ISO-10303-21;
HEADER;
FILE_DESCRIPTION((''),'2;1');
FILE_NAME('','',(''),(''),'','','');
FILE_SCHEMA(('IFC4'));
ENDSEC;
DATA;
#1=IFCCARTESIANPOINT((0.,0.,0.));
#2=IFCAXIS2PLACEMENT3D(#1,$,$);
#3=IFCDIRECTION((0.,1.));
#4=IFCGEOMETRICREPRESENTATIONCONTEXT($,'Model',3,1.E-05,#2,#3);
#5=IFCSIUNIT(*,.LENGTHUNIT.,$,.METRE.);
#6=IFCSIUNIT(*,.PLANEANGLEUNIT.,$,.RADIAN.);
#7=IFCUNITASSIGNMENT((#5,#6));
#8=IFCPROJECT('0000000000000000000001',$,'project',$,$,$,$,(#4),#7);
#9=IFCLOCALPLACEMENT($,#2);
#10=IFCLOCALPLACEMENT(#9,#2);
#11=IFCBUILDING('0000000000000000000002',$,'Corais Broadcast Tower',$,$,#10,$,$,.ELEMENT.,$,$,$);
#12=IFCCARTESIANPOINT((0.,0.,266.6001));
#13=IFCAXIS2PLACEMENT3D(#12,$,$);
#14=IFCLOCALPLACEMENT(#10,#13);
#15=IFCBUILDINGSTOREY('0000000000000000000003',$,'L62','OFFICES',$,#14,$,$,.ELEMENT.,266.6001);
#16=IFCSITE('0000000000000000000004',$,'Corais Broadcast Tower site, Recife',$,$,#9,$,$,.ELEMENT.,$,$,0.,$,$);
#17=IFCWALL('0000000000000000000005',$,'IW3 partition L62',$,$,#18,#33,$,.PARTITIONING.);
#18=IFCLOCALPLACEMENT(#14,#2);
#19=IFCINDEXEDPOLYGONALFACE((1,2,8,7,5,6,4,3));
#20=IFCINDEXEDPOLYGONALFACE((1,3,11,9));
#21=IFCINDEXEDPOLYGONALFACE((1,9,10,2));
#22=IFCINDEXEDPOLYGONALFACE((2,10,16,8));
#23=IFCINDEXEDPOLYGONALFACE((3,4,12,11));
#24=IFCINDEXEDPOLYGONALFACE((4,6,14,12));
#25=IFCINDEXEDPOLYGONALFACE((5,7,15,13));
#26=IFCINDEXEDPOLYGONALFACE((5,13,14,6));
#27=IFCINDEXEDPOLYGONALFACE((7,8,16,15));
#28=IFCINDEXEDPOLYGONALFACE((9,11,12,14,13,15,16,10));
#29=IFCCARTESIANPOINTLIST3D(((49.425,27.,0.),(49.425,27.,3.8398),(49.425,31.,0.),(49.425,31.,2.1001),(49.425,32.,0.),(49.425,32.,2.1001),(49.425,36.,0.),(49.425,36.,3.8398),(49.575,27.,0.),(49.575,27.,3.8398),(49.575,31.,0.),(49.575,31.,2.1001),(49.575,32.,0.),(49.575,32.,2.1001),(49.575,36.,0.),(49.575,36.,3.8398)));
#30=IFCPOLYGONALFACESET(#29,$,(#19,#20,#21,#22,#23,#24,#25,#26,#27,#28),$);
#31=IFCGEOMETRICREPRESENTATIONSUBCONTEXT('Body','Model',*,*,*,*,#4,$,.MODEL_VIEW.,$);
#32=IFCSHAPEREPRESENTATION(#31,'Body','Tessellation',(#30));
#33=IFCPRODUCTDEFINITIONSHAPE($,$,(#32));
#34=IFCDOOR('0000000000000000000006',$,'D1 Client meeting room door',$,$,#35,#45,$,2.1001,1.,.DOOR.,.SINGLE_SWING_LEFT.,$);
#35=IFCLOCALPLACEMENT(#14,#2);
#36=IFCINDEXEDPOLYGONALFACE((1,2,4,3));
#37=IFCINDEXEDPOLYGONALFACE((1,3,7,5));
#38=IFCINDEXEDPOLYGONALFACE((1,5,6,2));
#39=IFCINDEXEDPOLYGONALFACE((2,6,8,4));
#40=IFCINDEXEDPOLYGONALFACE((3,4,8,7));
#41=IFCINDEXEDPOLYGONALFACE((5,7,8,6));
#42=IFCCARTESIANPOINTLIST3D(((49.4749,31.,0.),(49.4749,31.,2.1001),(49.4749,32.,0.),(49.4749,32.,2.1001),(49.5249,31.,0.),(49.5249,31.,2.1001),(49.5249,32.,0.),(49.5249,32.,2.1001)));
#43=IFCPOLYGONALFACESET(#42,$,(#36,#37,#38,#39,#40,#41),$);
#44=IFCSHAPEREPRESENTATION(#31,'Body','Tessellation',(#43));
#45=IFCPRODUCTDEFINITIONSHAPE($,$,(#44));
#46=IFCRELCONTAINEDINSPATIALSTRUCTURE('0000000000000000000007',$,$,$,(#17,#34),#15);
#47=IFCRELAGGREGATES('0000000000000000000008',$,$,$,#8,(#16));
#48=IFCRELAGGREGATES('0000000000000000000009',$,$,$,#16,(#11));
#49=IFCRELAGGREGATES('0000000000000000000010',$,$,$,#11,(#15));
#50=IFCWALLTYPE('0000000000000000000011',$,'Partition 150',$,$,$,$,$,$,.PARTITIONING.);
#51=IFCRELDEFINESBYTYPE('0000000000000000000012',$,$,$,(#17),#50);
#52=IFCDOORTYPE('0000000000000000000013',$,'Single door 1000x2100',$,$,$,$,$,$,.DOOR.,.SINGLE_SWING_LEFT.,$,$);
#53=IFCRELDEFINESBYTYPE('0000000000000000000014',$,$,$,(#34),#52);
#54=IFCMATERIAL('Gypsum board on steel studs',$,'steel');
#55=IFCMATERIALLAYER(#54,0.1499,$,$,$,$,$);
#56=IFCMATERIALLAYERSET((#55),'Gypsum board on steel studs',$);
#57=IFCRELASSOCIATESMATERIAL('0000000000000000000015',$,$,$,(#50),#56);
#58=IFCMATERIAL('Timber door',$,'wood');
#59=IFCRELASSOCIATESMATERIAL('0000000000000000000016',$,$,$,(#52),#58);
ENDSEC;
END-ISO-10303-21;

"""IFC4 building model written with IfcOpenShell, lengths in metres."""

from ifc_helpers import new_model, si_unit, direction, frame, frame_2d, origin, place, context, subcontext, project, spatial, rectangle, extrude, material, layer, layer_set, type_object, element, fill, save


model = new_model("IFC4")

# Units and contexts
model_context = context("Model", 3, precision=1e-05, world=origin(), true_north=direction((0.0, 1.0)))
body_context = subcontext(model_context, "Body", "Model", "MODEL_VIEW")
ifc_project = project(units=[si_unit("LENGTHUNIT", "METRE"), si_unit("PLANEANGLEUNIT", "RADIAN")], contexts=[model_context])

# Site, building, storey
site_placement = place(None, origin())
site = spatial("IfcSite", under=ifc_project, at=site_placement, Name="Corais Broadcast Tower site, Recife", CompositionType="ELEMENT", RefElevation=0.0)
building_placement = place(site_placement, origin())
building = spatial("IfcBuilding", under=site, at=building_placement, Name="Corais Broadcast Tower", CompositionType="ELEMENT")
storey_placement = place(building_placement, frame((0.0, 0.0, 266.6001)))
storey = spatial("IfcBuildingStorey", under=building, at=storey_placement, Name="L62", Description="OFFICES", CompositionType="ELEMENT", Elevation=266.6001)

# Shared definitions
ifc_material_1 = material(Name="Gypsum board on steel studs", Category="steel")
ifc_layer_1 = layer(ifc_material_1, 0.1499)
ifc_layer_set_1 = layer_set([ifc_layer_1], Name="Gypsum board on steel studs")
wall_type = type_object("IfcWallType", Name="Partition 150", PredefinedType="PARTITIONING", material=ifc_layer_set_1)

# Wall, opening, door
wall_1_placement = place(storey_placement, frame((49.5, 36.0, 0.0), z_axis=(0.0, 0.0, 1.0), x_axis=(0.0, -1.0, 0.0)))
wall_1 = element("IfcWall", 1, at=wall_1_placement, inside=storey, type_object=wall_type, Name="IW3 partition L62", PredefinedType="PARTITIONING", context=body_context, shape_type="SweptSolid", body=[
    extrude(rectangle(XDim=9.0, YDim=0.1499, at=frame_2d((4.5, 0.0))), origin(), (0.0, 0.0, 1.0), 3.8398),
])
opening_placement = place(wall_1_placement, frame((4.0, 0.0, 0.0)))
opening = element("IfcOpeningElement", 2, at=opening_placement, cuts=wall_1, PredefinedType="OPENING", context=body_context, shape_type="SweptSolid", body=[
    extrude(rectangle(XDim=1.0, YDim=2.1001, at=frame_2d((0.5, 1.05))), frame((0.0, 0.085, 0.0), z_axis=(0.0, -1.0, 0.0), x_axis=(1.0, 0.0, 0.0)), (0.0, 0.0, 1.0), 0.1699),
])
ifc_material_2 = material(Name="Timber door", Category="wood")
door_type = type_object("IfcDoorType", Name="Single door 1000x2100", OperationType="SINGLE_SWING_LEFT", PredefinedType="DOOR", material=ifc_material_2)
door_placement = place(opening_placement, origin())
door = element("IfcDoor", 3, at=door_placement, inside=storey, type_object=door_type, Name="D1 Client meeting room door", OperationType="SINGLE_SWING_LEFT", OverallHeight=2.1001, OverallWidth=1.0, PredefinedType="DOOR", context=body_context, shape_type="SweptSolid", body=[
    extrude(rectangle(XDim=1.0, YDim=2.1001, at=frame_2d((0.5, 1.05))), frame((0.0, 0.0249, 0.0), z_axis=(0.0, -1.0, 0.0), x_axis=(1.0, 0.0, 0.0)), (0.0, 0.0, 1.0), 0.05),
])
fill(opening, door)

save(model, "model.ifc")
